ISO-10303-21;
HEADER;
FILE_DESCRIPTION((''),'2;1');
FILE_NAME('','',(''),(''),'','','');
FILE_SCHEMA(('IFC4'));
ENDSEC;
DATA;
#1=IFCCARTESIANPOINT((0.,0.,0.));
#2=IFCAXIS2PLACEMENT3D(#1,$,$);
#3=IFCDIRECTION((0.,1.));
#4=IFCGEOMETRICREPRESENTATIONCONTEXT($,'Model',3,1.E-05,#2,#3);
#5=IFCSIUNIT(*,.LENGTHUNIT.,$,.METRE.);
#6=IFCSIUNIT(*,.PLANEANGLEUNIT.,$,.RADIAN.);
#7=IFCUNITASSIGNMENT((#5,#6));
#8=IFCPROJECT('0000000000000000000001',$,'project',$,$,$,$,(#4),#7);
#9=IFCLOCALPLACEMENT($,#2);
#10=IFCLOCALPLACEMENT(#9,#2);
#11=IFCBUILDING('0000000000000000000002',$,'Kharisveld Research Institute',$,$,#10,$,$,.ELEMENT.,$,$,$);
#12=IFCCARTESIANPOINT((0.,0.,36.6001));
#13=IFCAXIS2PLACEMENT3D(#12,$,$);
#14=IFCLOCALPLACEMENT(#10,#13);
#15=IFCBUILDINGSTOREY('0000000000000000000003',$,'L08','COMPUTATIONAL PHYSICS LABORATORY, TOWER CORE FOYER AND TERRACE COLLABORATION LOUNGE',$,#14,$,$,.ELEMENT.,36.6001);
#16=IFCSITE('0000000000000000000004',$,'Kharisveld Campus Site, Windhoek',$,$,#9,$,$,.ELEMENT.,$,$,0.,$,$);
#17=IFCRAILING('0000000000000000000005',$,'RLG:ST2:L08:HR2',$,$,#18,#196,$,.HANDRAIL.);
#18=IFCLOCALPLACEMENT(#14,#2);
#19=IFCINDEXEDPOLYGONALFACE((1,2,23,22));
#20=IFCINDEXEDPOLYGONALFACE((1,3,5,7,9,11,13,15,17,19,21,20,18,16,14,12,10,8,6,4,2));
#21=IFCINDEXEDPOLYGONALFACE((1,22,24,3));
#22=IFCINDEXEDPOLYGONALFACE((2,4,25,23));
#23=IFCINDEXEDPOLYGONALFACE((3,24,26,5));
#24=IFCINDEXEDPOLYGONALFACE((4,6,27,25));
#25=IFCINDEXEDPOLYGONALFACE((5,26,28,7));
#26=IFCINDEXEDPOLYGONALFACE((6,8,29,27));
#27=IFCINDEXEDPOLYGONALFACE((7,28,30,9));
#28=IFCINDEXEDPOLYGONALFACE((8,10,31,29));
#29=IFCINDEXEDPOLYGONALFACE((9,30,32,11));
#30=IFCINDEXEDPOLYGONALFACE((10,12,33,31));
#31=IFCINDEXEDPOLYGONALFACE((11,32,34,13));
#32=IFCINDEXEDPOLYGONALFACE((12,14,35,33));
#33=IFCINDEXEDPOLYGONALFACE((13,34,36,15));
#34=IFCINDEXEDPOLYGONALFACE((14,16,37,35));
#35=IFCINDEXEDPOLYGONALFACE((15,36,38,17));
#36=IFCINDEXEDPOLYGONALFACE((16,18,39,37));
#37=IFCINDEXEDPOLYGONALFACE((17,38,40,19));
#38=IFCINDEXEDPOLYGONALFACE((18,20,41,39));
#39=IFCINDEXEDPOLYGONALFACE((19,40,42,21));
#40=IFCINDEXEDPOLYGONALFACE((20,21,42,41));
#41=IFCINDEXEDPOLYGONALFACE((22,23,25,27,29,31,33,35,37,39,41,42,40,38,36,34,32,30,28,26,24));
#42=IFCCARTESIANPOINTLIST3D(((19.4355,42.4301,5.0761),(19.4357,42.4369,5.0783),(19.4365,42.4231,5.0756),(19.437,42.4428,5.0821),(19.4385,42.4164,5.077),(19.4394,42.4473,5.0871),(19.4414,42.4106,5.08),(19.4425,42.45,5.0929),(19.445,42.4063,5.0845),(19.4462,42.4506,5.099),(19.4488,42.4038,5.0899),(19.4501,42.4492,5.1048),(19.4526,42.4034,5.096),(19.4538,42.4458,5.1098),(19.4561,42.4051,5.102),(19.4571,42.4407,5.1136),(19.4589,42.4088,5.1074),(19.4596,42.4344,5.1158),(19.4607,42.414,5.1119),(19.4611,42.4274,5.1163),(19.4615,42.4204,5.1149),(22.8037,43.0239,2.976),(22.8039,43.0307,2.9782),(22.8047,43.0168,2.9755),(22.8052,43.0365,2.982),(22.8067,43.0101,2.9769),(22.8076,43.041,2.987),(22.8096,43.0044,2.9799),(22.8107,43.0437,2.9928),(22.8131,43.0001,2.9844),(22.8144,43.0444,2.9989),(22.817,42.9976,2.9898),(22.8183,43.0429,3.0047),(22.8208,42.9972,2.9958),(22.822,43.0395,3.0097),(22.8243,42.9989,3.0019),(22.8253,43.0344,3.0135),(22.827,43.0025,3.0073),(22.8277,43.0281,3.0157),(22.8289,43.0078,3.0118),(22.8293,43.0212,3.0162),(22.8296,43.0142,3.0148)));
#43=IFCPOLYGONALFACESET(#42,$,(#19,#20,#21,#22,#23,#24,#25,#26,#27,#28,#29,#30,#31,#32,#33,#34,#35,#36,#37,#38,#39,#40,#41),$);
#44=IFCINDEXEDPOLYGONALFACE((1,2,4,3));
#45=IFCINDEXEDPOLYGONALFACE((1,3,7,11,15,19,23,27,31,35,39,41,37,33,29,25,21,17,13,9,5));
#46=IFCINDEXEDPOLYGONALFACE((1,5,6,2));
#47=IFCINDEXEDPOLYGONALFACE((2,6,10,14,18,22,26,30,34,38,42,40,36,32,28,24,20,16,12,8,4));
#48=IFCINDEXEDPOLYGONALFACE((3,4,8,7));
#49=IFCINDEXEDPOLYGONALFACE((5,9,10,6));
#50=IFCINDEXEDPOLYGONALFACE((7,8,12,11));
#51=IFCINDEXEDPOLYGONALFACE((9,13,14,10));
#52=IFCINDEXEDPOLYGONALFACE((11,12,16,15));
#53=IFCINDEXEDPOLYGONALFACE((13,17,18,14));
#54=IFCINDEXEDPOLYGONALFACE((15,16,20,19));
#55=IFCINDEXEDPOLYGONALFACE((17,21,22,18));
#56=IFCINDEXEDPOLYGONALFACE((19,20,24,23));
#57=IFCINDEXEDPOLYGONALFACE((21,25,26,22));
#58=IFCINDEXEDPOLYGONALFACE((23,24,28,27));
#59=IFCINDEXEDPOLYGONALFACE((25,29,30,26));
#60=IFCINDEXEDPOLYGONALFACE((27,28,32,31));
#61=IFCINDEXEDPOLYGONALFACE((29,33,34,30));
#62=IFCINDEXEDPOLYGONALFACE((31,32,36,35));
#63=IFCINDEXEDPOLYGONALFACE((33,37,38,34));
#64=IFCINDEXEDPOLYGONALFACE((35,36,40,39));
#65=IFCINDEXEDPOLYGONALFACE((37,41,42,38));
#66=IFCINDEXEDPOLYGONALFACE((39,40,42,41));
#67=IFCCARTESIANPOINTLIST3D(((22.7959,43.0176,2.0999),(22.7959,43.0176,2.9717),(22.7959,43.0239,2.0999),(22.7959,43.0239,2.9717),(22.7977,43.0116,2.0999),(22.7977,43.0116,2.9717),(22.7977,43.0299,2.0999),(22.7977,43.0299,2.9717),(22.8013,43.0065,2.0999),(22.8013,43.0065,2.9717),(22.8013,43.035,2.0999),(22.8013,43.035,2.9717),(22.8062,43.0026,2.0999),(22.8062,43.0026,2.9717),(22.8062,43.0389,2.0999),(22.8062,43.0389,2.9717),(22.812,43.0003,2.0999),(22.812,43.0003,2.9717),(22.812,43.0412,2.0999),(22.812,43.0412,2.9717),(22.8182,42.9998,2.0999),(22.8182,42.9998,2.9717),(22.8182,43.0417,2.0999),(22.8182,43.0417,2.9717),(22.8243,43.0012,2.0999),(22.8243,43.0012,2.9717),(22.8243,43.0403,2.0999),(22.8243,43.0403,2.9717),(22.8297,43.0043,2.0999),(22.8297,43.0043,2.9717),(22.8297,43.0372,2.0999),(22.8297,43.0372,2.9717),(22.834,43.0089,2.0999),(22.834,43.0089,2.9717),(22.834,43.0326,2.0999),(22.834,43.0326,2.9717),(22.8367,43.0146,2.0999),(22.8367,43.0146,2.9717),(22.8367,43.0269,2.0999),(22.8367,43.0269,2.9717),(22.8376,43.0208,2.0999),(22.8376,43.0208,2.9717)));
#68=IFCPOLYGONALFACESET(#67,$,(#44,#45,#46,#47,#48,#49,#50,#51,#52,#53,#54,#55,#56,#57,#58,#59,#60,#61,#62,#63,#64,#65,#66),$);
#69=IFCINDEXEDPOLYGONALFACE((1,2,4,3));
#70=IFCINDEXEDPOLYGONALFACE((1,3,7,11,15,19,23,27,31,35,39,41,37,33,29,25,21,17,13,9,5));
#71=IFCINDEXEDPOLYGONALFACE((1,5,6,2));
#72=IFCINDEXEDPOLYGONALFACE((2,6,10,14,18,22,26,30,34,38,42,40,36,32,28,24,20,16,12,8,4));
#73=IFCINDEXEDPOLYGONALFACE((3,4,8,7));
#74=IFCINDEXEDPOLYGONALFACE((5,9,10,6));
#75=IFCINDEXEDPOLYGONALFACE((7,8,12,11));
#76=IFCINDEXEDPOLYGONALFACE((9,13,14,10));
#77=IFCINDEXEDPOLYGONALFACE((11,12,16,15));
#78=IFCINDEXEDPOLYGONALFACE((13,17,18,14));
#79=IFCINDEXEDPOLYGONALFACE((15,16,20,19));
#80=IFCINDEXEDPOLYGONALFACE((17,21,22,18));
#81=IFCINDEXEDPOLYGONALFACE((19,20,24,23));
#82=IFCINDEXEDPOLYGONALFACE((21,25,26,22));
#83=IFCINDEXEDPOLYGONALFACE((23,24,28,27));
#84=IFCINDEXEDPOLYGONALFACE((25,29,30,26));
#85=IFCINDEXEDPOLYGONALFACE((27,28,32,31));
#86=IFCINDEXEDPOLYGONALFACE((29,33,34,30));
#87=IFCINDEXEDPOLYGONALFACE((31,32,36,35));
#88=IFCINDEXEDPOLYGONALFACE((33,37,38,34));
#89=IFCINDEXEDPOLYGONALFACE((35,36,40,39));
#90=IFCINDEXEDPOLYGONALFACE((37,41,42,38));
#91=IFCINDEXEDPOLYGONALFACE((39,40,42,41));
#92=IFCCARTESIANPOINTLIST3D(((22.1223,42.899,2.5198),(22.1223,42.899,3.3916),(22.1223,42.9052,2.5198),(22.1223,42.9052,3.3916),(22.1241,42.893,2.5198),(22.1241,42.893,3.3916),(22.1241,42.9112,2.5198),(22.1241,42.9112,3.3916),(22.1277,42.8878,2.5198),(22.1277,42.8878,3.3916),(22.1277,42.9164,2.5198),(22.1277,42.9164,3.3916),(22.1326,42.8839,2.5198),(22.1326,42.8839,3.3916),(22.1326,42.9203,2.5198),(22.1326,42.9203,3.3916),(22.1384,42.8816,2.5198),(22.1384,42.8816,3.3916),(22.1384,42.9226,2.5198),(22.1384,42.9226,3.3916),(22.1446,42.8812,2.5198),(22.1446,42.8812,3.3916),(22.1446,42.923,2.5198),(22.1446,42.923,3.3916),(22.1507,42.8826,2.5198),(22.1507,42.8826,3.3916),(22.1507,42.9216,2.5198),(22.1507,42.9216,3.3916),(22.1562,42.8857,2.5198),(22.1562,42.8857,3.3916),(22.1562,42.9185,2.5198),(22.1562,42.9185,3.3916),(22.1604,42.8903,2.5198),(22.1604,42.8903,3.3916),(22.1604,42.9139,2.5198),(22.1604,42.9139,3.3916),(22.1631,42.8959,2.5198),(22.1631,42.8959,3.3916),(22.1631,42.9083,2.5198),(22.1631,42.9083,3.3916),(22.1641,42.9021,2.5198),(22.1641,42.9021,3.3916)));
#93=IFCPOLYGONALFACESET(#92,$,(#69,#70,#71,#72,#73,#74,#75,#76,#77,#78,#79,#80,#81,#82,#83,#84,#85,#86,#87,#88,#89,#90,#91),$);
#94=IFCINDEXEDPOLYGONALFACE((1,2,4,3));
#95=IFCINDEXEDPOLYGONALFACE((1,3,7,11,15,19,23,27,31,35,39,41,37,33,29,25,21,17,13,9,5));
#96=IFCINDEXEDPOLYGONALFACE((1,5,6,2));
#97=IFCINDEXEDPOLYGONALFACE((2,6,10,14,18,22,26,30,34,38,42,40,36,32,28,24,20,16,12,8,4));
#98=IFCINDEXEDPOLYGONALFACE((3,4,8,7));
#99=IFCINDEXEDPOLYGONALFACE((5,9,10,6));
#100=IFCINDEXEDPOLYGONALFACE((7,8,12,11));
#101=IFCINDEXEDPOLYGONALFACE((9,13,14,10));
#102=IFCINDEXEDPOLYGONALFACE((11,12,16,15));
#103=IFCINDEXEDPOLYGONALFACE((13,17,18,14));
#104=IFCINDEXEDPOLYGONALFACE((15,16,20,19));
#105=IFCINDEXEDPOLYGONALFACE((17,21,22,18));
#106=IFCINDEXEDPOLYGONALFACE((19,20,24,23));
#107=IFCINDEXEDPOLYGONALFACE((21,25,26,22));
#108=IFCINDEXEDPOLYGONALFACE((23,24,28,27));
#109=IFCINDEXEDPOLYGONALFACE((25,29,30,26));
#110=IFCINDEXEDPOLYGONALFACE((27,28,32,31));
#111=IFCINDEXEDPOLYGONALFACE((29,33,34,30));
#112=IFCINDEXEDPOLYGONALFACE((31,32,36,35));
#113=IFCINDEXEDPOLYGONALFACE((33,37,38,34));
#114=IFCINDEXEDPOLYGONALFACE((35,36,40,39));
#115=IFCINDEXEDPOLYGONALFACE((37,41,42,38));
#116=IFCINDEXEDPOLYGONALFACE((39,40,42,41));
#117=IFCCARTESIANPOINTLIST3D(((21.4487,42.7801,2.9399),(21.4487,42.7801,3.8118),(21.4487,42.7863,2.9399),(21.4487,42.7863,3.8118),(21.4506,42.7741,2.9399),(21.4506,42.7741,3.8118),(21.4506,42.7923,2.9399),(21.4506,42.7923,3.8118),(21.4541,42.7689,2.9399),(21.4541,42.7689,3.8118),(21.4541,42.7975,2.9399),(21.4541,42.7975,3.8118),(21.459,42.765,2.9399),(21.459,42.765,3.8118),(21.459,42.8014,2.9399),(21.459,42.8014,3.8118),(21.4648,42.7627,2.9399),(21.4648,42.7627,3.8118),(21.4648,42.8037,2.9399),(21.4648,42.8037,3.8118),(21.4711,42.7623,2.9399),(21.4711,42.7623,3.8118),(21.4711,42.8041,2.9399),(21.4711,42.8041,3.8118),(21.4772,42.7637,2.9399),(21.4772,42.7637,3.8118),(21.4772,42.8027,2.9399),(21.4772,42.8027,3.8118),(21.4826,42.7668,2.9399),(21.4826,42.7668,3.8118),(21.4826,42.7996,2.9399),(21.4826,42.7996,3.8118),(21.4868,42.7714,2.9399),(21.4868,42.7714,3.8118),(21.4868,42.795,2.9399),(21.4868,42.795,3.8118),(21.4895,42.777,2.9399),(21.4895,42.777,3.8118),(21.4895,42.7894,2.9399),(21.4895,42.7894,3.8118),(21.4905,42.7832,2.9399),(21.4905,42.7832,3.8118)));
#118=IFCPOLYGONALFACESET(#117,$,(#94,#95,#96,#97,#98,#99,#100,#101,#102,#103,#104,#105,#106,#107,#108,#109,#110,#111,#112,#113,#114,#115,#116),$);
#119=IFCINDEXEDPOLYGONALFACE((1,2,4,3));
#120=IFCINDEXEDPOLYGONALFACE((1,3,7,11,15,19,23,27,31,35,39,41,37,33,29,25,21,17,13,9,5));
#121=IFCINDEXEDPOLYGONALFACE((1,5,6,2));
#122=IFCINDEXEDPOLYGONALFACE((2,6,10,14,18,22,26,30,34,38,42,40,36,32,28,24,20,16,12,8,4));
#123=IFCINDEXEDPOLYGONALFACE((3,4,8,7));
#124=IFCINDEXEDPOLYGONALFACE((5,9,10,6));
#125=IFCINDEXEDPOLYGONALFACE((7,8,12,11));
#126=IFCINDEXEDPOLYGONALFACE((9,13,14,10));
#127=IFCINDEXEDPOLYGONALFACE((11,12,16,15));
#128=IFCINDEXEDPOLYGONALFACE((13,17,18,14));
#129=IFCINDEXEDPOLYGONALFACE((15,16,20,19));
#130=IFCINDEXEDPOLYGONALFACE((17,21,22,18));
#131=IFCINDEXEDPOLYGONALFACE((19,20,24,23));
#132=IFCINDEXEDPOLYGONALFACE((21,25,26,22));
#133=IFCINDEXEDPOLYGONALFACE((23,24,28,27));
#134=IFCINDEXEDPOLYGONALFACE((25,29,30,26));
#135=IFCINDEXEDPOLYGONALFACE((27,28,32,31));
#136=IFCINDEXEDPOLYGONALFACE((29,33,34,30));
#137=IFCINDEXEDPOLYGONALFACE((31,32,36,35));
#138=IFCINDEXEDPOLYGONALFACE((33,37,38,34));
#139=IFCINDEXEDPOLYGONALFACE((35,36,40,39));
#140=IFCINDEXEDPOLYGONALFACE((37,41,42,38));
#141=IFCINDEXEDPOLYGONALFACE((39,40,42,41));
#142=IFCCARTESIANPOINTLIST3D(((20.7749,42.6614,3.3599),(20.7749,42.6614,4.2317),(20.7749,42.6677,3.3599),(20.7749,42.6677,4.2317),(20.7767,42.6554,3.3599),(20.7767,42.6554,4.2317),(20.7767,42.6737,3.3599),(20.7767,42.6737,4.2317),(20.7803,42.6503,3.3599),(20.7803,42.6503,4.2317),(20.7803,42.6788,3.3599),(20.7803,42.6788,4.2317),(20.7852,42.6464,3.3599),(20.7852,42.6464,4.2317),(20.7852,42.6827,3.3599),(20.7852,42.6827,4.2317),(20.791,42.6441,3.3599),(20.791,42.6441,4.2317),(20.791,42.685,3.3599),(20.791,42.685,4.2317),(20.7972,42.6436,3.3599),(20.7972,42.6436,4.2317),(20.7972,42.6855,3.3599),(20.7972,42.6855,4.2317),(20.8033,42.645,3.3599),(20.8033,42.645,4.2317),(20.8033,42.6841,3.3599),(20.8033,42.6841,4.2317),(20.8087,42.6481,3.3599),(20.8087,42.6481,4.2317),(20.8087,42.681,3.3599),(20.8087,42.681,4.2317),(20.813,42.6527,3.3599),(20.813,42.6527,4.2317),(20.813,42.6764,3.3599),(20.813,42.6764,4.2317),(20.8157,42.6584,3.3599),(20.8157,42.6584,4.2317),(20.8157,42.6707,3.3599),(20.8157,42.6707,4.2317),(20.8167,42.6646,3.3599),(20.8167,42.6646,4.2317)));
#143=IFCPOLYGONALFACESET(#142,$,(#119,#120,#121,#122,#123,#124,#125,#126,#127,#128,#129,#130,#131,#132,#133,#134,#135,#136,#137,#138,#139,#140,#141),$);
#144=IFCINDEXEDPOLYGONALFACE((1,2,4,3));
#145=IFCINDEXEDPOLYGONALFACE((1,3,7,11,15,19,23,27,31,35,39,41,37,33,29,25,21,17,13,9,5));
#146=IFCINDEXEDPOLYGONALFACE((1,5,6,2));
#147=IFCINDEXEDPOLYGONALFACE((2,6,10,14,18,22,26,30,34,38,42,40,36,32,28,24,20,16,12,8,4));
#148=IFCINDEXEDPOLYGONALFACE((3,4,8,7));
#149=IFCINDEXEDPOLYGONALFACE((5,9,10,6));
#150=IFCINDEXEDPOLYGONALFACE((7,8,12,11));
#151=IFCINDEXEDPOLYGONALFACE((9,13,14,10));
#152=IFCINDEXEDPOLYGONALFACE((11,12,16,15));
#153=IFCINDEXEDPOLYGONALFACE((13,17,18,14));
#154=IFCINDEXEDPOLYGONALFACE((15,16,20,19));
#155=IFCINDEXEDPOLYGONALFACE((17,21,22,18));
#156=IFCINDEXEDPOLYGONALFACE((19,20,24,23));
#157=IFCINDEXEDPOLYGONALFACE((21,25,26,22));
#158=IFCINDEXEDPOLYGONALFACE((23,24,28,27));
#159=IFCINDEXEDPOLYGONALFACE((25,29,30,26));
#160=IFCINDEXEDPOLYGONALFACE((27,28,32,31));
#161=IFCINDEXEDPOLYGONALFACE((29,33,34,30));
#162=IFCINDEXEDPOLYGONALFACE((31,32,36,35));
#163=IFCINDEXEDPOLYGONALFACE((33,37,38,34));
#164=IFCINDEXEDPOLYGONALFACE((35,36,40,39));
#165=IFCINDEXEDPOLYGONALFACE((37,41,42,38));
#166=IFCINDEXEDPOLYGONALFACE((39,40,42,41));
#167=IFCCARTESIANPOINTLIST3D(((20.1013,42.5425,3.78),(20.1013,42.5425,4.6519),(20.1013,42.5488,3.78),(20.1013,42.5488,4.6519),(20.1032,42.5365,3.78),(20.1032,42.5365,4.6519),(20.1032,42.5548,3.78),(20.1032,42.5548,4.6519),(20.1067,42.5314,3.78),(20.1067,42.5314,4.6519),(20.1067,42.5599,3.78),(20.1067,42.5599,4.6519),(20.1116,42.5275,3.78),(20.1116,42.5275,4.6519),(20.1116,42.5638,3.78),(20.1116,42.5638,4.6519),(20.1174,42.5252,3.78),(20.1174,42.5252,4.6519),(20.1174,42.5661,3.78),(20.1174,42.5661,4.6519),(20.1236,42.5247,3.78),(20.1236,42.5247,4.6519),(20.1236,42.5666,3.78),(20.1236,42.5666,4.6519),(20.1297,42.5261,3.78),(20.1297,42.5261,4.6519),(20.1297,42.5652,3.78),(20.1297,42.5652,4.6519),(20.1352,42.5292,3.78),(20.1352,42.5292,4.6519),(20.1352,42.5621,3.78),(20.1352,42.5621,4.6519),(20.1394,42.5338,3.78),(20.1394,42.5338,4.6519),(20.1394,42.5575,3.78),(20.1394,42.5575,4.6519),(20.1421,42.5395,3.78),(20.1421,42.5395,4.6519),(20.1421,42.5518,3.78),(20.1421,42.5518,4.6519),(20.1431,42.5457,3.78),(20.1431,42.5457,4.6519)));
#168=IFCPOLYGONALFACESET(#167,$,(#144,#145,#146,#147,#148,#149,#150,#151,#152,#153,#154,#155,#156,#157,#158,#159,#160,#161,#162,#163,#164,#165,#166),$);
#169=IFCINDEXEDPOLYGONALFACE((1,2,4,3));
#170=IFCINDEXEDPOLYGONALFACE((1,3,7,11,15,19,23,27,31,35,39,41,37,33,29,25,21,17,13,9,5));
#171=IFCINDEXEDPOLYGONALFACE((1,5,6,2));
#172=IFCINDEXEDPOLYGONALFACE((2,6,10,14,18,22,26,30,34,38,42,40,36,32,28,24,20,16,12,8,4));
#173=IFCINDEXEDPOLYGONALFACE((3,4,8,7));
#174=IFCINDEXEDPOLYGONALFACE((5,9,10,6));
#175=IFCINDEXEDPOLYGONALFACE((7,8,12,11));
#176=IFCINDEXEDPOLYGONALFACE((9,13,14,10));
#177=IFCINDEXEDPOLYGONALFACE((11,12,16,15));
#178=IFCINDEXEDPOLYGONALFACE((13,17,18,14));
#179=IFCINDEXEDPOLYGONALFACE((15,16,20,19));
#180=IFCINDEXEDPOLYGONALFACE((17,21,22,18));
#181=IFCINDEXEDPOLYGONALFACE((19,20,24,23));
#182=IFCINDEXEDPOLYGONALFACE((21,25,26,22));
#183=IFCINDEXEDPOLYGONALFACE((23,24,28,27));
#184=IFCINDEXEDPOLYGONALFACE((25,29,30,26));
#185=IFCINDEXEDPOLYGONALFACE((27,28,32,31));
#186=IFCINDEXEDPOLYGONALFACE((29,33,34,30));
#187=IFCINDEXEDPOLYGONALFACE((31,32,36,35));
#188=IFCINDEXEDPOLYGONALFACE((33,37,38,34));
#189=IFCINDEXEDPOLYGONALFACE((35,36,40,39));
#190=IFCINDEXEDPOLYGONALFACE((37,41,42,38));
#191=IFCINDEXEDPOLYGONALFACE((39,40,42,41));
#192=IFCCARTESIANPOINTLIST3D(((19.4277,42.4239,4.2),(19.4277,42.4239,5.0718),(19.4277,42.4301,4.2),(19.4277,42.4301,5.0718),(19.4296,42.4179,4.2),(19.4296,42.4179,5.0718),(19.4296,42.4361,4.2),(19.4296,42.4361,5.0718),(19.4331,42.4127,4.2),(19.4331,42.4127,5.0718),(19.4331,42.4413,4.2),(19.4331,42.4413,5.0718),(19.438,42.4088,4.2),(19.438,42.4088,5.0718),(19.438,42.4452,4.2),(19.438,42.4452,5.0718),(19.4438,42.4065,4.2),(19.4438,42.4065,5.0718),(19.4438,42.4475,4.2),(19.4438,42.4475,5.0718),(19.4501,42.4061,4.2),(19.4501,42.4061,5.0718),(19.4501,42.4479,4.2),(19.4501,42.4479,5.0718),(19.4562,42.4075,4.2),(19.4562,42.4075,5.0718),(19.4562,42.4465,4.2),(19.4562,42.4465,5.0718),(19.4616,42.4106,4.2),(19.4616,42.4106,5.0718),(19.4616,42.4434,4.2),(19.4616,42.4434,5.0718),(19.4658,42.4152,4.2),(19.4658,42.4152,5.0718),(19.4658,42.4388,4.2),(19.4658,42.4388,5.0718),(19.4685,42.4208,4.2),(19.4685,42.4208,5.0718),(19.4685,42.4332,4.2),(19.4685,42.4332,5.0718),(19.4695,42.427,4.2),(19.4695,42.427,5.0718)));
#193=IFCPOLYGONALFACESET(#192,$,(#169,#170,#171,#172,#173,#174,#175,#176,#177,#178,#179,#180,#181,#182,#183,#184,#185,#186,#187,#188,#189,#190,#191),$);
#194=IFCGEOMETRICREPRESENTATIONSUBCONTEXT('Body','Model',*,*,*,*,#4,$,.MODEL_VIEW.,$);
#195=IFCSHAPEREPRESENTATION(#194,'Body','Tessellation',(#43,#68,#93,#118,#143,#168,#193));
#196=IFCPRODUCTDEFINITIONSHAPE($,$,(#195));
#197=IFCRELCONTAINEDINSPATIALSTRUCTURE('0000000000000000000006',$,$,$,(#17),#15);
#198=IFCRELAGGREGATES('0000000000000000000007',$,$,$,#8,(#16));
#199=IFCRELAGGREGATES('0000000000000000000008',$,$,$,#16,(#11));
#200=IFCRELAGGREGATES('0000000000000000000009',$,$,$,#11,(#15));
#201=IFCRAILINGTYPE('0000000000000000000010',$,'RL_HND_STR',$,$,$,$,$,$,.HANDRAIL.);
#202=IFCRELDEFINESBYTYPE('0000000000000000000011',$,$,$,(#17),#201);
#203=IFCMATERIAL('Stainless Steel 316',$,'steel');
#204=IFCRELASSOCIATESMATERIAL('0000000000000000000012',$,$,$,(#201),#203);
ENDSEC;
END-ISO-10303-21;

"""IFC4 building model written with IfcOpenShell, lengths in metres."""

from ifc_helpers import new_model, si_unit, direction, frame, origin, origin_2d, place, context, subcontext, project, spatial, circle, extrude, material, type_object, element, save


model = new_model("IFC4")

# Units and contexts
model_context = context("Model", 3, precision=1e-05, world=origin(), true_north=direction((0.0, 1.0)))
body_context = subcontext(model_context, "Body", "Model", "MODEL_VIEW")
ifc_project = project(units=[si_unit("LENGTHUNIT", "METRE"), si_unit("PLANEANGLEUNIT", "RADIAN")], contexts=[model_context])

# Site, building, storey
site_placement = place(None, origin())
site = spatial("IfcSite", under=ifc_project, at=site_placement, Name="Kharisveld Campus Site, Windhoek", CompositionType="ELEMENT", RefElevation=0.0)
building_placement = place(site_placement, origin())
building = spatial("IfcBuilding", under=site, at=building_placement, Name="Kharisveld Research Institute", CompositionType="ELEMENT")
storey_placement = place(building_placement, frame((0.0, 0.0, 36.6001)))
storey = spatial("IfcBuildingStorey", under=building, at=storey_placement, Name="L08", Description="COMPUTATIONAL PHYSICS LABORATORY, TOWER CORE FOYER AND TERRACE COLLABORATION LOUNGE", CompositionType="ELEMENT", Elevation=36.6001)

# Railing
ifc_material_1 = material(Name="Stainless Steel 316", Category="steel")
railing_type_1 = type_object("IfcRailingType", Name="RL_HND_STR", PredefinedType="HANDRAIL", material=ifc_material_1)
railing_1_placement = place(storey_placement, frame((22.8167, 43.0208, 2.0999)))
element("IfcRailing", 1, at=railing_1_placement, inside=storey, type_object=railing_type_1, Name="RLG:ST2:L08:HR2", PredefinedType="HANDRAIL", context=body_context, shape_type="SweptSolid", body=[
    extrude(circle(Radius=0.0239, at=origin_2d()), frame((0.0, 0.0, 0.896), z_axis=(-0.839227, -0.147941, 0.52327), x_axis=(0.173606, -0.984815, 0.0)), (0.0, 0.0, 1.0), 4.0134),
    extrude(circle(Radius=0.021, at=origin_2d()), origin(), (0.0, 0.0, 1.0), 0.8718),
    extrude(circle(Radius=0.021, at=origin_2d()), frame((-0.6736, -0.1187, 0.4199)), (0.0, 0.0, 1.0), 0.8718),
    extrude(circle(Radius=0.021, at=origin_2d()), frame((-1.3472, -0.2375, 0.8401)), (0.0, 0.0, 1.0), 0.8718),
    extrude(circle(Radius=0.021, at=origin_2d()), frame((-2.021, -0.3562, 1.26)), (0.0, 0.0, 1.0), 0.8718),
    extrude(circle(Radius=0.021, at=origin_2d()), frame((-2.6946, -0.4751, 1.6802)), (0.0, 0.0, 1.0), 0.8718),
    extrude(circle(Radius=0.021, at=origin_2d()), frame((-3.3682, -0.5938, 2.1001)), (0.0, 0.0, 1.0), 0.8718),
])

save(model, "model.ifc")
